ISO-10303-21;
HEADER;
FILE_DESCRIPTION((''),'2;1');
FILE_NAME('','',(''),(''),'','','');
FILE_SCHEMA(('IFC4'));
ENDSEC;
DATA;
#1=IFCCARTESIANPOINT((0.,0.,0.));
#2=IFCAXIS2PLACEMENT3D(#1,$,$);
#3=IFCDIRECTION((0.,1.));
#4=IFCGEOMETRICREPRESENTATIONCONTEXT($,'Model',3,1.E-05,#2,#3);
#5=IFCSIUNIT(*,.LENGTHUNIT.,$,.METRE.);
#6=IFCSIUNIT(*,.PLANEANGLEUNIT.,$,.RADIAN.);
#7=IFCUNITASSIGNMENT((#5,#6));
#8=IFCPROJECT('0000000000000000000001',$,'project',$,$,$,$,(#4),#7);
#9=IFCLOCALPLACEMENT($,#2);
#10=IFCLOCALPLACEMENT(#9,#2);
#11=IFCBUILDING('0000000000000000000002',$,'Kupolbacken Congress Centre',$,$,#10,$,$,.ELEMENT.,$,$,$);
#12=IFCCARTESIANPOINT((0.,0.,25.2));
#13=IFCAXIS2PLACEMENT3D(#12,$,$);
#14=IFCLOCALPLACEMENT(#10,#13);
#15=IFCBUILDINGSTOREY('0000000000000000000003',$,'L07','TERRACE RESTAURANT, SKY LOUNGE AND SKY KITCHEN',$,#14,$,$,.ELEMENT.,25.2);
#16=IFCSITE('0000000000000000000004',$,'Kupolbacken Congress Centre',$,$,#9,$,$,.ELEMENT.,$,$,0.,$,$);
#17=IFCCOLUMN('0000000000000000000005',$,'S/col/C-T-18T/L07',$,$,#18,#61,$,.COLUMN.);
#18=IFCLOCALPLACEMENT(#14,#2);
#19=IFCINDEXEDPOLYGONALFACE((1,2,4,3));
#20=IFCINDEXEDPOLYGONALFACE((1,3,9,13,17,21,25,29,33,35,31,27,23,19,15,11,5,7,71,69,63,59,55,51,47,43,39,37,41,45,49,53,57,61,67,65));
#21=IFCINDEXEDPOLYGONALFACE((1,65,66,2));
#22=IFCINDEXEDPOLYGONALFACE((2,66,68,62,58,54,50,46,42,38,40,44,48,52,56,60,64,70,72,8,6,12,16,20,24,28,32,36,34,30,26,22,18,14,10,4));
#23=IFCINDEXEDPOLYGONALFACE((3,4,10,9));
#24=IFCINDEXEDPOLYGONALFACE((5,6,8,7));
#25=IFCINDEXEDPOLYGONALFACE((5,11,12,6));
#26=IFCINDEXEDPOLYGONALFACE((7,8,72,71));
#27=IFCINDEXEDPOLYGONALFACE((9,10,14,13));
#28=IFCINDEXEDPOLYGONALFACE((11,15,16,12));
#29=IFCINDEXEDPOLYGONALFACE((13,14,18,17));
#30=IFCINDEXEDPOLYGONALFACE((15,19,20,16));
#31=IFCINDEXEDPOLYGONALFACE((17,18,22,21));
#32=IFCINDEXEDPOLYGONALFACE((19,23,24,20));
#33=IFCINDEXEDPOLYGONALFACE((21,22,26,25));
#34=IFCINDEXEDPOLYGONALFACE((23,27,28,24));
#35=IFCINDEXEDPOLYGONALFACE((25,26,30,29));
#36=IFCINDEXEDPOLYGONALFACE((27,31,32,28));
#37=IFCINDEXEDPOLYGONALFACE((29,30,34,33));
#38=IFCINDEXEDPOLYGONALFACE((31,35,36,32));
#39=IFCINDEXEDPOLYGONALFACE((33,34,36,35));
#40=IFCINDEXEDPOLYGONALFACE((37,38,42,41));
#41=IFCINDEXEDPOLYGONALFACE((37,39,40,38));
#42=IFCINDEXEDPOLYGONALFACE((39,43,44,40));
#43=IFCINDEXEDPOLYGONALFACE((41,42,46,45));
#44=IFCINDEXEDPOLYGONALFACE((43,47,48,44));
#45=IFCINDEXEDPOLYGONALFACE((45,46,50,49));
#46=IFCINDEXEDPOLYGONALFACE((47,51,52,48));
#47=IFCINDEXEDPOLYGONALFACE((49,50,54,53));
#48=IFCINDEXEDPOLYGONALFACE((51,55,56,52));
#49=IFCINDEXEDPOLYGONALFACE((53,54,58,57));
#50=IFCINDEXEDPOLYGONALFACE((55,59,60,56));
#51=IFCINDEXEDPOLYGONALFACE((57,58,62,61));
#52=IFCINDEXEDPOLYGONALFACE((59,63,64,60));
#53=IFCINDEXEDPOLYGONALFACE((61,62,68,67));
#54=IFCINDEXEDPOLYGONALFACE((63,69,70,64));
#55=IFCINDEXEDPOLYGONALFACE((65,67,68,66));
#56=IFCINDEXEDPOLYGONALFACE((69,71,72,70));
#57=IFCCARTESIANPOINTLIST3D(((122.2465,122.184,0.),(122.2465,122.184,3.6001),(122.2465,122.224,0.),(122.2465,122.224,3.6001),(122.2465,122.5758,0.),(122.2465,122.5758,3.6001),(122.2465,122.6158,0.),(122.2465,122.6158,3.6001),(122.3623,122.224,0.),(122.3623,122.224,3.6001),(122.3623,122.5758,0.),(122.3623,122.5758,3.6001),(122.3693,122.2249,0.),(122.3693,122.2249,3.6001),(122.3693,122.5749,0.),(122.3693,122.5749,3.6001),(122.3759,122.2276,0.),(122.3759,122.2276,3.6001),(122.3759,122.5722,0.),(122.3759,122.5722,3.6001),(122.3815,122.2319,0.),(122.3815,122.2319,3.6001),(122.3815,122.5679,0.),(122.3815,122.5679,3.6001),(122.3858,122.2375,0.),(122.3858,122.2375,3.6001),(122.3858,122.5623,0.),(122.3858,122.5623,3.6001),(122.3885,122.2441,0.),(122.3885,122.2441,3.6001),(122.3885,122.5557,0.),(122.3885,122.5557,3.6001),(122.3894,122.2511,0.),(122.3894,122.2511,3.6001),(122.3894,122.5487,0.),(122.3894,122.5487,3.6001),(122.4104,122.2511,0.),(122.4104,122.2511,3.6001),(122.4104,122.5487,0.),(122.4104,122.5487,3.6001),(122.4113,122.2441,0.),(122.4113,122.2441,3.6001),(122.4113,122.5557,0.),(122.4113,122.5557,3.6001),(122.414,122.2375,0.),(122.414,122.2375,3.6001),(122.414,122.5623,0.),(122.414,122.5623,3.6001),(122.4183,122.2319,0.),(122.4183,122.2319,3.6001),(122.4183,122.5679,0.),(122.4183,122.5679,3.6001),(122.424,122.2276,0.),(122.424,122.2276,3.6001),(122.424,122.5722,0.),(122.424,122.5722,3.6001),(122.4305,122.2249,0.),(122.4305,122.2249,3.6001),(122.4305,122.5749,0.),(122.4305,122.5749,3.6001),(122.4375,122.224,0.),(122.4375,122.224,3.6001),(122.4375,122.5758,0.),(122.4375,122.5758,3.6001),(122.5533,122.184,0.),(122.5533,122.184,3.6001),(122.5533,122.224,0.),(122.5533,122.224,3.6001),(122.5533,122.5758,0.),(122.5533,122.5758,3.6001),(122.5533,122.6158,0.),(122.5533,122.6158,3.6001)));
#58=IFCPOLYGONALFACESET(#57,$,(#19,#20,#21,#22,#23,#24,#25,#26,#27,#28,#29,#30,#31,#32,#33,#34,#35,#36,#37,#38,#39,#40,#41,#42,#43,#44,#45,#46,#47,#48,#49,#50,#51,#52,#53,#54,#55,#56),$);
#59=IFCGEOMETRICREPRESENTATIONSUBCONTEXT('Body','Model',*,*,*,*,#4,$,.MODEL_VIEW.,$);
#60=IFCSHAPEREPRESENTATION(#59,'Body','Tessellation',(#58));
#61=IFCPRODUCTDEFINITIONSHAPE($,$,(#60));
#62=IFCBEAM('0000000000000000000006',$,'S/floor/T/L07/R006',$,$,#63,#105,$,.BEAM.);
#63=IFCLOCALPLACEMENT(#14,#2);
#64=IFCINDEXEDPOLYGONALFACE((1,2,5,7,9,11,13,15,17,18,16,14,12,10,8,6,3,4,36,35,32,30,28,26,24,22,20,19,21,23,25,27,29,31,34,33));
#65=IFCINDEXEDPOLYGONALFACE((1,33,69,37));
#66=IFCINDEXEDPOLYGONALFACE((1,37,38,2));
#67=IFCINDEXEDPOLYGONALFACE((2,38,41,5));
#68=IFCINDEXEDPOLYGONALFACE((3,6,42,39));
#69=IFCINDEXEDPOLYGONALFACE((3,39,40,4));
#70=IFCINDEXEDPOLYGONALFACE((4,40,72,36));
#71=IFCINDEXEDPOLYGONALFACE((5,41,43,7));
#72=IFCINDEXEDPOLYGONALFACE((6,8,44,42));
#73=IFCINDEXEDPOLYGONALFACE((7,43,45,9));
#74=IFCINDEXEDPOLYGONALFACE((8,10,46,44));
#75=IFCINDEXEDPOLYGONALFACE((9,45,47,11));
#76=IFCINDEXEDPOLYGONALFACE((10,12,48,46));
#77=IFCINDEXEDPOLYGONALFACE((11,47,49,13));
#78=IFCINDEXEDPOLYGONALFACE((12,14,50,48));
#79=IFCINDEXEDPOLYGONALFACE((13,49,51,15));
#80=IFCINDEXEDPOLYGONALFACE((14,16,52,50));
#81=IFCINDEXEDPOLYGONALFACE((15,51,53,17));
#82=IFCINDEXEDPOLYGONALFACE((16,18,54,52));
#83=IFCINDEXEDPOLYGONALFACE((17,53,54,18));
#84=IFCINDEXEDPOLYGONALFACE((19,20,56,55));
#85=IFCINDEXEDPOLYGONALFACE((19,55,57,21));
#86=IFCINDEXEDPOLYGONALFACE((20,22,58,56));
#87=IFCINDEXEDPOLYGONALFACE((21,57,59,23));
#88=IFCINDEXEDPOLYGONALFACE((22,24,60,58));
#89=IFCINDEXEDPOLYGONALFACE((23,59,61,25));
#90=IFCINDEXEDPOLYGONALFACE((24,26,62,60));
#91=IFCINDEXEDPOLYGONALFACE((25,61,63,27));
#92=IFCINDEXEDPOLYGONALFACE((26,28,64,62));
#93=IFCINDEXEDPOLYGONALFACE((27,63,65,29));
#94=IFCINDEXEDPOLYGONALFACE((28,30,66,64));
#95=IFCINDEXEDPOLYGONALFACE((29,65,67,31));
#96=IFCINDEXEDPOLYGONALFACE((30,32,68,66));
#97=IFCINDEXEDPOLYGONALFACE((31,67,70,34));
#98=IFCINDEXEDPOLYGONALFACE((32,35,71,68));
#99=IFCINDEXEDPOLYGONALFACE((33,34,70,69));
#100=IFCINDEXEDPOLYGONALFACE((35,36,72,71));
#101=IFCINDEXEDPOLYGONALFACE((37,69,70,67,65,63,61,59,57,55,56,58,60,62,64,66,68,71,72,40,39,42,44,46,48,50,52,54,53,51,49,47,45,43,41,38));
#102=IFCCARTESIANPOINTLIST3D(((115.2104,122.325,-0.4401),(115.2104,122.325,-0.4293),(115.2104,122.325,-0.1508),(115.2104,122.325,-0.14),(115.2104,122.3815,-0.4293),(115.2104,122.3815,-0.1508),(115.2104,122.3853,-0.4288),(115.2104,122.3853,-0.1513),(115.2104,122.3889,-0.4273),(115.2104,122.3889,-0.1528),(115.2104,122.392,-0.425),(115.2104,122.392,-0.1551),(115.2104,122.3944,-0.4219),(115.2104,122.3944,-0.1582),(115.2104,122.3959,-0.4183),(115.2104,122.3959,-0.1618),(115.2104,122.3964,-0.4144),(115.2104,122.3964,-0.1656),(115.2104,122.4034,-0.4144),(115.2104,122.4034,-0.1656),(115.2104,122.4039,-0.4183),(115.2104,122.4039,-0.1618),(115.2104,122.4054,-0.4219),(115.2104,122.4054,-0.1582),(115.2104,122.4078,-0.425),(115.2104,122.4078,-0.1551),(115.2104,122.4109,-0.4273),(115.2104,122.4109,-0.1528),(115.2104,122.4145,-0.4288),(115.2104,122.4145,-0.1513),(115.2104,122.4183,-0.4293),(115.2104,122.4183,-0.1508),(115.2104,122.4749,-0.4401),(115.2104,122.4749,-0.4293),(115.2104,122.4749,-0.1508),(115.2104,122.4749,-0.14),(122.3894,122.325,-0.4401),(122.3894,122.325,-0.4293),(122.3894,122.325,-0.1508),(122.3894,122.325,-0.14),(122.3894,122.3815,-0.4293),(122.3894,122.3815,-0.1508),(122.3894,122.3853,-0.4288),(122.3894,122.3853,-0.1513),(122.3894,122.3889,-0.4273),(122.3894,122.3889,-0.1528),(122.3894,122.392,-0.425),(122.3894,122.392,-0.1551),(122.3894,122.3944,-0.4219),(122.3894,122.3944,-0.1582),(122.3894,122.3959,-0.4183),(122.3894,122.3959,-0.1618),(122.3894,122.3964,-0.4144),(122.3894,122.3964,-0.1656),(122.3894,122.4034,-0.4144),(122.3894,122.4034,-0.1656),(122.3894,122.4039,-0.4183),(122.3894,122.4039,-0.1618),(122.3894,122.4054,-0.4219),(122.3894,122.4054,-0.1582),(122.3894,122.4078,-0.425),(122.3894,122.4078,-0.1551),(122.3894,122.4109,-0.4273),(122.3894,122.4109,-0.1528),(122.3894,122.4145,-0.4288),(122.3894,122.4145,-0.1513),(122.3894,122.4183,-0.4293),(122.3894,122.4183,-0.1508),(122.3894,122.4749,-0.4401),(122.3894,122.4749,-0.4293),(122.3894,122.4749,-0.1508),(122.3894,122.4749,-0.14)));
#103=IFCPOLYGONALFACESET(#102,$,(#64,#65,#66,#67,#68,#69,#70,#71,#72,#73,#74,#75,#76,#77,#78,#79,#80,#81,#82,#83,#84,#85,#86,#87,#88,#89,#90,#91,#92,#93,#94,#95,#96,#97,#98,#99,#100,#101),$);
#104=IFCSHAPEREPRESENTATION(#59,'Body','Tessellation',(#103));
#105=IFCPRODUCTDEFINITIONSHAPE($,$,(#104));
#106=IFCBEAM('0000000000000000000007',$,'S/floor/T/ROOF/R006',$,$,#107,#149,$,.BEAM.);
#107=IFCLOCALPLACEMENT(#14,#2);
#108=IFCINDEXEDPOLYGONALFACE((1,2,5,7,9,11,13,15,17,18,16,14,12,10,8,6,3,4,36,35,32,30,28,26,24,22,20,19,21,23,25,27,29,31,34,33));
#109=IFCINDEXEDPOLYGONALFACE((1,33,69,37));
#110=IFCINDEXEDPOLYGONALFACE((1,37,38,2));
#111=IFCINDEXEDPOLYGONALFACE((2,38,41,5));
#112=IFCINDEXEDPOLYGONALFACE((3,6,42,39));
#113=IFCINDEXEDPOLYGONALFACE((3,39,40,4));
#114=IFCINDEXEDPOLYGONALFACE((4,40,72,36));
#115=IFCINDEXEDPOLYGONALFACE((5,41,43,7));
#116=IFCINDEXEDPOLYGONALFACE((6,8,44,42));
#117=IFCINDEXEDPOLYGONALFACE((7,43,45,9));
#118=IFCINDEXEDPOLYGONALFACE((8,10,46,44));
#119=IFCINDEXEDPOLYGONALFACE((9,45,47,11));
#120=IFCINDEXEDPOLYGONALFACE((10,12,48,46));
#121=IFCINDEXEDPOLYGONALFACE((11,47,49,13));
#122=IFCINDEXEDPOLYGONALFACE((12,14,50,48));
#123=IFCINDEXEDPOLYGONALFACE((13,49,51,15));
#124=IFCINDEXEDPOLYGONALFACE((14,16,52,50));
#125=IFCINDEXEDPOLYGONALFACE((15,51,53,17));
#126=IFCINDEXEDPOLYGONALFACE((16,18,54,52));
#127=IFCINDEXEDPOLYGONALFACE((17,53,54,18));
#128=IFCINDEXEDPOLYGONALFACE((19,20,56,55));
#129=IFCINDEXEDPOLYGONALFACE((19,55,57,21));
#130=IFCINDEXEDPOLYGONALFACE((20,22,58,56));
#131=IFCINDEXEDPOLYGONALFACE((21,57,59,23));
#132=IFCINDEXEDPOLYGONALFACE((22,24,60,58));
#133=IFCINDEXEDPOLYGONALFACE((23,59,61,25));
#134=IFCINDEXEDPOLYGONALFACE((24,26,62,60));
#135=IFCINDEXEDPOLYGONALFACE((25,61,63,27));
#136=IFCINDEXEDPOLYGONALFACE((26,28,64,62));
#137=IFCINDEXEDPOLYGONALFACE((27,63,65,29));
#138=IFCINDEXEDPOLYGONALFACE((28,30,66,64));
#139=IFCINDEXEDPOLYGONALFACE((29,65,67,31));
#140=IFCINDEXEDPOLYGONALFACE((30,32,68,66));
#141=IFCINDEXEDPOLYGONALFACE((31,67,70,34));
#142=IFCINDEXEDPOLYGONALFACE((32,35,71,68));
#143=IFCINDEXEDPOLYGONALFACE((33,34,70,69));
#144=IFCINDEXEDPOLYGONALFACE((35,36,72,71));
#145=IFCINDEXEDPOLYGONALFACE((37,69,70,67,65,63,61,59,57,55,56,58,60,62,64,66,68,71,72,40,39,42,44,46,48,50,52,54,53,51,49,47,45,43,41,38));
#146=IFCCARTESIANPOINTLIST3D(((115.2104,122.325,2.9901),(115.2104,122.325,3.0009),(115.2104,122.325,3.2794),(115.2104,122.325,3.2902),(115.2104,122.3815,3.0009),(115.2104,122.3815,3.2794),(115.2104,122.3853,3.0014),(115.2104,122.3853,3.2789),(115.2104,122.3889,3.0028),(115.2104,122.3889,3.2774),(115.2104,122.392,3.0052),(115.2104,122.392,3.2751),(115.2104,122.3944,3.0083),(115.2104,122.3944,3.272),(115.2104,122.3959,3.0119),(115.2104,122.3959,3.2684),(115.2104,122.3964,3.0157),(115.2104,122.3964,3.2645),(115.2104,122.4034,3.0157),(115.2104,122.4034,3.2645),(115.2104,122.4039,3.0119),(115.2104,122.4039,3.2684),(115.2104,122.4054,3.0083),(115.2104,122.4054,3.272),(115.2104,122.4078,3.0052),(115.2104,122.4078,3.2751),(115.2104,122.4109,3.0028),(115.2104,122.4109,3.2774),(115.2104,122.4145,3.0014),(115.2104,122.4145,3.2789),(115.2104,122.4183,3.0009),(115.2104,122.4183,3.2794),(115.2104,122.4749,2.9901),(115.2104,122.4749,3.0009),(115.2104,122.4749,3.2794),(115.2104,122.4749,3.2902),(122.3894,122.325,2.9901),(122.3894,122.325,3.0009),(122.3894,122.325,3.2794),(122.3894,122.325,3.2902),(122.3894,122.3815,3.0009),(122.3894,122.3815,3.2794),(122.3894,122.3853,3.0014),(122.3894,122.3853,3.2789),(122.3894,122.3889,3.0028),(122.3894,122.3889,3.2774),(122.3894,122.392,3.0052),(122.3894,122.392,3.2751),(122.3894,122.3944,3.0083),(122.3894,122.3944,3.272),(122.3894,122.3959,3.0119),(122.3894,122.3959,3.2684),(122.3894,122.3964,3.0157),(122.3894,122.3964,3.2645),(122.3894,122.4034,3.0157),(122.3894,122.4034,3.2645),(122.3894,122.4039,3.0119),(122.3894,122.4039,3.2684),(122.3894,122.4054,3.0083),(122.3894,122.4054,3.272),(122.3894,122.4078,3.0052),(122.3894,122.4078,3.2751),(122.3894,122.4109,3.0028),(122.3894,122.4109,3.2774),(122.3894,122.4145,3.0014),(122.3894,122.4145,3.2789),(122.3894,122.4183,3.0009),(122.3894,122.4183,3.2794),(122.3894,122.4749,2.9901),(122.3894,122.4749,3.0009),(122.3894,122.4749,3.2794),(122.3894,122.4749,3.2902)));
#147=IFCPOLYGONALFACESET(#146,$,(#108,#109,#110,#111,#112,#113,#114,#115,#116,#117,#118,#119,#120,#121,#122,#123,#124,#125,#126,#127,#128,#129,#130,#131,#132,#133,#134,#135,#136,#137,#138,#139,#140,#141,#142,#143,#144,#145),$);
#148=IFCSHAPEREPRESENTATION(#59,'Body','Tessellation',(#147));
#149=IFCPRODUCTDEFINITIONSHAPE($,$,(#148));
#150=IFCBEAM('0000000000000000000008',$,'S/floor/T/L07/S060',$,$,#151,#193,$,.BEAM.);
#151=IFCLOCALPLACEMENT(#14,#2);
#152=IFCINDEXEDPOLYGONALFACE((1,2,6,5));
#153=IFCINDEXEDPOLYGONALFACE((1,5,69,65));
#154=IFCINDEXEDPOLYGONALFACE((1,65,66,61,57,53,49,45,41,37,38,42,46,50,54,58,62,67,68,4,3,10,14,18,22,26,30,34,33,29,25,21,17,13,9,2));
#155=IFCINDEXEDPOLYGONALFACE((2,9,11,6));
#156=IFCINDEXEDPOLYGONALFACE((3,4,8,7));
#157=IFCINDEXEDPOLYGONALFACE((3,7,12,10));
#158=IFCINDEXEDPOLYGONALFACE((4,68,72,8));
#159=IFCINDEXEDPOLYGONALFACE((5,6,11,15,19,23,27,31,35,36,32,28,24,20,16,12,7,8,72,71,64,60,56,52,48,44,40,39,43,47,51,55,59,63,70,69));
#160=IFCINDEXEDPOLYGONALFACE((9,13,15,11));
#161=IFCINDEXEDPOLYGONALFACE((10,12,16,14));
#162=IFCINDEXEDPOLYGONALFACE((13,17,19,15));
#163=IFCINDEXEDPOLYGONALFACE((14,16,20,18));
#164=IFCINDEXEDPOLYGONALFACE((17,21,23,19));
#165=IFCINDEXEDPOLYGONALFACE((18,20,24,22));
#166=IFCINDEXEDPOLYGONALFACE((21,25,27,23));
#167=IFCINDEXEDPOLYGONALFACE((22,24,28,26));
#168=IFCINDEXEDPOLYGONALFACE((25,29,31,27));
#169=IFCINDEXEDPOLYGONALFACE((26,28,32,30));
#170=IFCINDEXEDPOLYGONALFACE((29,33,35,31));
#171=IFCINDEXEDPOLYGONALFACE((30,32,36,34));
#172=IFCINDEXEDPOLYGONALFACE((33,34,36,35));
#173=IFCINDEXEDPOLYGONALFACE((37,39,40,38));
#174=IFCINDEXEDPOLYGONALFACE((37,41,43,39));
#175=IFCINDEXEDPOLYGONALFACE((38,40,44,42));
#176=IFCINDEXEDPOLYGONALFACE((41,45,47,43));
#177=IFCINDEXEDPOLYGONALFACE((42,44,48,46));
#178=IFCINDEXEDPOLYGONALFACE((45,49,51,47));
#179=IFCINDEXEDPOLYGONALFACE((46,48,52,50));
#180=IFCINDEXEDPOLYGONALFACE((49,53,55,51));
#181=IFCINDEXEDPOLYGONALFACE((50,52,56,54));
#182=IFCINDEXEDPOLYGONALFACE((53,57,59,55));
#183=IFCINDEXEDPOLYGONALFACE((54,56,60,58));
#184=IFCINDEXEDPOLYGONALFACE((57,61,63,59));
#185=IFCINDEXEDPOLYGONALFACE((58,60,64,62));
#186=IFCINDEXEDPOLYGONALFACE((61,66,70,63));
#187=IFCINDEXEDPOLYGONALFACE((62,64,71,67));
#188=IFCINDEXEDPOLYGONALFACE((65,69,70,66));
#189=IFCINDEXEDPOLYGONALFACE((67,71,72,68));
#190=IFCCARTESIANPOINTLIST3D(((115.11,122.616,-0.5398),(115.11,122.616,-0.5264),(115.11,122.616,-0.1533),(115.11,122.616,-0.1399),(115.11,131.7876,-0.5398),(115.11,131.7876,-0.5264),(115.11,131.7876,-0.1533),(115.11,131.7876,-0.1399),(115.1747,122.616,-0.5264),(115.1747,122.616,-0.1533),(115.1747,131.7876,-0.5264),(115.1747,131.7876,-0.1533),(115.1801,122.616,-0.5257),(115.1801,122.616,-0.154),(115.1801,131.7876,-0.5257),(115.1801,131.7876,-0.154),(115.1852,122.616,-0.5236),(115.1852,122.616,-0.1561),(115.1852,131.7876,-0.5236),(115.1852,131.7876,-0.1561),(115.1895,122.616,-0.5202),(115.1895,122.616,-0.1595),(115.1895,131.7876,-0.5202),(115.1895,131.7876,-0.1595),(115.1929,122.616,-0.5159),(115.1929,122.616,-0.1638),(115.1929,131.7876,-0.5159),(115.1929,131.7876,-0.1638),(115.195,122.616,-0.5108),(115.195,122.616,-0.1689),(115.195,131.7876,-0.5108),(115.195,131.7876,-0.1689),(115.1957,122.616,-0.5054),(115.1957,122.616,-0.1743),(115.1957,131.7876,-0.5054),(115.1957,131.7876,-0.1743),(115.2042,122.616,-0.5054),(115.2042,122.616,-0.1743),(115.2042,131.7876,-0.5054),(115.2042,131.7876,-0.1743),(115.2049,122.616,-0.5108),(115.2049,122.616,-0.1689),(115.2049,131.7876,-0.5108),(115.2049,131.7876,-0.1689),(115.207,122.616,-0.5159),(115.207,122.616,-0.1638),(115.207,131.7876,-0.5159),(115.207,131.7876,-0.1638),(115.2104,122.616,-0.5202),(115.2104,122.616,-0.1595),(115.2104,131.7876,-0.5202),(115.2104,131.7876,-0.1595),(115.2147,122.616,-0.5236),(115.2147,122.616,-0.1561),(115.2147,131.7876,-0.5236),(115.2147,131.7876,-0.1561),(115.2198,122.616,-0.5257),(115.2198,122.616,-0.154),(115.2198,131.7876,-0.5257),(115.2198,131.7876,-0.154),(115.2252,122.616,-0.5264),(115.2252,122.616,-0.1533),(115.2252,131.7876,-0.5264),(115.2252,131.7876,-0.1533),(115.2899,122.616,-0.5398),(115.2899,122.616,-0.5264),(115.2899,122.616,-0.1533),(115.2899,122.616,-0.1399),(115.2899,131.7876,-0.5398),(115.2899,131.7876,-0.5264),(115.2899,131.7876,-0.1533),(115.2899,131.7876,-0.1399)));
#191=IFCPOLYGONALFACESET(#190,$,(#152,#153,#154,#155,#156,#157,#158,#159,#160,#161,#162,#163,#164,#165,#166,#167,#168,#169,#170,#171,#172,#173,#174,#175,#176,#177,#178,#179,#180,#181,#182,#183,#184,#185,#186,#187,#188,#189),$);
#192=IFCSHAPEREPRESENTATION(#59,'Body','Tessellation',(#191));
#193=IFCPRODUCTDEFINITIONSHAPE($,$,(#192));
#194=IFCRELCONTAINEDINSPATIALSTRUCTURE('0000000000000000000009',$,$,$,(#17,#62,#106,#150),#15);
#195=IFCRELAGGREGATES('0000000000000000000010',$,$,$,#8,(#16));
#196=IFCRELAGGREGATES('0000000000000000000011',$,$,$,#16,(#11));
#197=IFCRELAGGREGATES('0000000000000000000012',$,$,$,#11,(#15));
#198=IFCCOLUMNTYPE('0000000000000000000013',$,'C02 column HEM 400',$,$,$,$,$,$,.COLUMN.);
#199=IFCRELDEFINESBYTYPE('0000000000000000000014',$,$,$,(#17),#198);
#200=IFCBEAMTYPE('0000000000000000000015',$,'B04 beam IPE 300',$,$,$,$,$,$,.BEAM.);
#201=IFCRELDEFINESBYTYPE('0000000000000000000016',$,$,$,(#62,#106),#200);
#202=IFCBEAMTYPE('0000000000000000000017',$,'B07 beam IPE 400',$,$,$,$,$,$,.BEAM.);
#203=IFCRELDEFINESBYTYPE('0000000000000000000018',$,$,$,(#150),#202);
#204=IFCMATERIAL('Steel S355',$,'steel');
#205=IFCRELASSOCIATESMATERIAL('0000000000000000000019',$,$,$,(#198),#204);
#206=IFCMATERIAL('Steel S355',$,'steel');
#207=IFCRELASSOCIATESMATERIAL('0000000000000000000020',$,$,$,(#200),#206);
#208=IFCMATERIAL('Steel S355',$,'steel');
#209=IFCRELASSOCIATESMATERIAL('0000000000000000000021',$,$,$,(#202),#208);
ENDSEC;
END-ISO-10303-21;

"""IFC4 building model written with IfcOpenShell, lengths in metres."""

from ifc_helpers import new_model, si_unit, direction, frame, origin, origin_2d, place, context, subcontext, project, spatial, i_section, extrude, material, material_profile, profile_set, type_object, element, save


model = new_model("IFC4")

# Units and contexts
model_context = context("Model", 3, precision=1e-05, world=origin(), true_north=direction((0.0, 1.0)))
body_context = subcontext(model_context, "Body", "Model", "MODEL_VIEW")
ifc_project = project(units=[si_unit("LENGTHUNIT", "METRE"), si_unit("PLANEANGLEUNIT", "RADIAN")], contexts=[model_context])

# Site, building, storey
site_placement = place(None, origin())
site = spatial("IfcSite", under=ifc_project, at=site_placement, Name="Kupolbacken Congress Centre", CompositionType="ELEMENT", RefElevation=0.0)
building_placement = place(site_placement, origin())
building = spatial("IfcBuilding", under=site, at=building_placement, Name="Kupolbacken Congress Centre", CompositionType="ELEMENT")
storey_placement = place(building_placement, frame((0.0, 0.0, 25.2)))
storey = spatial("IfcBuildingStorey", under=building, at=storey_placement, Name="L07", Description="TERRACE RESTAURANT, SKY LOUNGE AND SKY KITCHEN", CompositionType="ELEMENT", Elevation=25.2)

# Column
ifc_material_1 = material(Name="Steel S355", Category="steel")
ifc_material_profile_1 = material_profile(ifc_material_1, i_section(OverallWidth=0.3069, OverallDepth=0.4319, WebThickness=0.021, FlangeThickness=0.04, FilletRadius=0.0271, at=origin_2d()), Name="HEM 400")
ifc_profile_set_1 = profile_set([ifc_material_profile_1], Name="Steel S355")
column_type = type_object("IfcColumnType", Name="C02 column HEM 400", PredefinedType="COLUMN", material=ifc_profile_set_1)
column_placement = place(storey_placement, frame((122.3999, 122.3999, 0.0), z_axis=(0.0, 0.0, 1.0), x_axis=(1.0, 0.0, 0.0)))
element("IfcColumn", 1, at=column_placement, inside=storey, type_object=column_type, Name="S/col/C-T-18T/L07", PredefinedType="COLUMN", context=body_context, shape_type="SweptSolid", body=[
    extrude(i_section(OverallWidth=0.3069, OverallDepth=0.4319, WebThickness=0.021, FlangeThickness=0.04, FilletRadius=0.0271, at=origin_2d()), origin(), (0.0, 0.0, 1.0), 3.6001),
])

# Beams
ifc_material_2 = material(Name="Steel S355", Category="steel")
ifc_material_profile_2 = material_profile(ifc_material_2, i_section(OverallWidth=0.1499, OverallDepth=0.3, WebThickness=0.0071, FlangeThickness=0.0107, FilletRadius=0.0149, at=origin_2d()), Name="IPE 300")
ifc_profile_set_2 = profile_set([ifc_material_profile_2], Name="Steel S355")
beam_type_1 = type_object("IfcBeamType", Name="B04 beam IPE 300", PredefinedType="BEAM", material=ifc_profile_set_2)
for number, where, z_axis, x_axis, name in (
    (2, (115.2104, 122.3999, -0.29), (1.0, 0.0, 0.0), (0.0, 1.0, 0.0), "S/floor/T/L07/R006"),
    (3, (115.2104, 122.3999, 3.1401), (1.0, 0.0, 0.0), (0.0, 1.0, 0.0), "S/floor/T/ROOF/R006"),
):
    element("IfcBeam", number, at=place(storey_placement, frame(where, z_axis=z_axis, x_axis=x_axis)), inside=storey, type_object=beam_type_1, Name=name, PredefinedType="BEAM", context=body_context, shape_type="SweptSolid", body=[
        extrude(i_section(OverallWidth=0.1499, OverallDepth=0.3, WebThickness=0.0071, FlangeThickness=0.0107, FilletRadius=0.0149, at=origin_2d()), origin(), (0.0, 0.0, 1.0), 7.179),
    ])
ifc_material_3 = material(Name="Steel S355", Category="steel")
ifc_material_profile_3 = material_profile(ifc_material_3, i_section(OverallWidth=0.1799, OverallDepth=0.3999, WebThickness=0.0085, FlangeThickness=0.0134, FilletRadius=0.021, at=origin_2d()), Name="IPE 400")
ifc_profile_set_3 = profile_set([ifc_material_profile_3], Name="Steel S355")
beam_type_2 = type_object("IfcBeamType", Name="B07 beam IPE 400", PredefinedType="BEAM", material=ifc_profile_set_3)
beam_1_placement = place(storey_placement, frame((115.2, 122.616, -0.3398), z_axis=(0.0, 1.0, 0.0), x_axis=(-1.0, 0.0, 0.0)))
element("IfcBeam", 4, at=beam_1_placement, inside=storey, type_object=beam_type_2, Name="S/floor/T/L07/S060", PredefinedType="BEAM", context=body_context, shape_type="SweptSolid", body=[
    extrude(i_section(OverallWidth=0.1799, OverallDepth=0.3999, WebThickness=0.0085, FlangeThickness=0.0134, FilletRadius=0.021, at=origin_2d()), origin(), (0.0, 0.0, 1.0), 9.1716),
])

save(model, "model.ifc")
